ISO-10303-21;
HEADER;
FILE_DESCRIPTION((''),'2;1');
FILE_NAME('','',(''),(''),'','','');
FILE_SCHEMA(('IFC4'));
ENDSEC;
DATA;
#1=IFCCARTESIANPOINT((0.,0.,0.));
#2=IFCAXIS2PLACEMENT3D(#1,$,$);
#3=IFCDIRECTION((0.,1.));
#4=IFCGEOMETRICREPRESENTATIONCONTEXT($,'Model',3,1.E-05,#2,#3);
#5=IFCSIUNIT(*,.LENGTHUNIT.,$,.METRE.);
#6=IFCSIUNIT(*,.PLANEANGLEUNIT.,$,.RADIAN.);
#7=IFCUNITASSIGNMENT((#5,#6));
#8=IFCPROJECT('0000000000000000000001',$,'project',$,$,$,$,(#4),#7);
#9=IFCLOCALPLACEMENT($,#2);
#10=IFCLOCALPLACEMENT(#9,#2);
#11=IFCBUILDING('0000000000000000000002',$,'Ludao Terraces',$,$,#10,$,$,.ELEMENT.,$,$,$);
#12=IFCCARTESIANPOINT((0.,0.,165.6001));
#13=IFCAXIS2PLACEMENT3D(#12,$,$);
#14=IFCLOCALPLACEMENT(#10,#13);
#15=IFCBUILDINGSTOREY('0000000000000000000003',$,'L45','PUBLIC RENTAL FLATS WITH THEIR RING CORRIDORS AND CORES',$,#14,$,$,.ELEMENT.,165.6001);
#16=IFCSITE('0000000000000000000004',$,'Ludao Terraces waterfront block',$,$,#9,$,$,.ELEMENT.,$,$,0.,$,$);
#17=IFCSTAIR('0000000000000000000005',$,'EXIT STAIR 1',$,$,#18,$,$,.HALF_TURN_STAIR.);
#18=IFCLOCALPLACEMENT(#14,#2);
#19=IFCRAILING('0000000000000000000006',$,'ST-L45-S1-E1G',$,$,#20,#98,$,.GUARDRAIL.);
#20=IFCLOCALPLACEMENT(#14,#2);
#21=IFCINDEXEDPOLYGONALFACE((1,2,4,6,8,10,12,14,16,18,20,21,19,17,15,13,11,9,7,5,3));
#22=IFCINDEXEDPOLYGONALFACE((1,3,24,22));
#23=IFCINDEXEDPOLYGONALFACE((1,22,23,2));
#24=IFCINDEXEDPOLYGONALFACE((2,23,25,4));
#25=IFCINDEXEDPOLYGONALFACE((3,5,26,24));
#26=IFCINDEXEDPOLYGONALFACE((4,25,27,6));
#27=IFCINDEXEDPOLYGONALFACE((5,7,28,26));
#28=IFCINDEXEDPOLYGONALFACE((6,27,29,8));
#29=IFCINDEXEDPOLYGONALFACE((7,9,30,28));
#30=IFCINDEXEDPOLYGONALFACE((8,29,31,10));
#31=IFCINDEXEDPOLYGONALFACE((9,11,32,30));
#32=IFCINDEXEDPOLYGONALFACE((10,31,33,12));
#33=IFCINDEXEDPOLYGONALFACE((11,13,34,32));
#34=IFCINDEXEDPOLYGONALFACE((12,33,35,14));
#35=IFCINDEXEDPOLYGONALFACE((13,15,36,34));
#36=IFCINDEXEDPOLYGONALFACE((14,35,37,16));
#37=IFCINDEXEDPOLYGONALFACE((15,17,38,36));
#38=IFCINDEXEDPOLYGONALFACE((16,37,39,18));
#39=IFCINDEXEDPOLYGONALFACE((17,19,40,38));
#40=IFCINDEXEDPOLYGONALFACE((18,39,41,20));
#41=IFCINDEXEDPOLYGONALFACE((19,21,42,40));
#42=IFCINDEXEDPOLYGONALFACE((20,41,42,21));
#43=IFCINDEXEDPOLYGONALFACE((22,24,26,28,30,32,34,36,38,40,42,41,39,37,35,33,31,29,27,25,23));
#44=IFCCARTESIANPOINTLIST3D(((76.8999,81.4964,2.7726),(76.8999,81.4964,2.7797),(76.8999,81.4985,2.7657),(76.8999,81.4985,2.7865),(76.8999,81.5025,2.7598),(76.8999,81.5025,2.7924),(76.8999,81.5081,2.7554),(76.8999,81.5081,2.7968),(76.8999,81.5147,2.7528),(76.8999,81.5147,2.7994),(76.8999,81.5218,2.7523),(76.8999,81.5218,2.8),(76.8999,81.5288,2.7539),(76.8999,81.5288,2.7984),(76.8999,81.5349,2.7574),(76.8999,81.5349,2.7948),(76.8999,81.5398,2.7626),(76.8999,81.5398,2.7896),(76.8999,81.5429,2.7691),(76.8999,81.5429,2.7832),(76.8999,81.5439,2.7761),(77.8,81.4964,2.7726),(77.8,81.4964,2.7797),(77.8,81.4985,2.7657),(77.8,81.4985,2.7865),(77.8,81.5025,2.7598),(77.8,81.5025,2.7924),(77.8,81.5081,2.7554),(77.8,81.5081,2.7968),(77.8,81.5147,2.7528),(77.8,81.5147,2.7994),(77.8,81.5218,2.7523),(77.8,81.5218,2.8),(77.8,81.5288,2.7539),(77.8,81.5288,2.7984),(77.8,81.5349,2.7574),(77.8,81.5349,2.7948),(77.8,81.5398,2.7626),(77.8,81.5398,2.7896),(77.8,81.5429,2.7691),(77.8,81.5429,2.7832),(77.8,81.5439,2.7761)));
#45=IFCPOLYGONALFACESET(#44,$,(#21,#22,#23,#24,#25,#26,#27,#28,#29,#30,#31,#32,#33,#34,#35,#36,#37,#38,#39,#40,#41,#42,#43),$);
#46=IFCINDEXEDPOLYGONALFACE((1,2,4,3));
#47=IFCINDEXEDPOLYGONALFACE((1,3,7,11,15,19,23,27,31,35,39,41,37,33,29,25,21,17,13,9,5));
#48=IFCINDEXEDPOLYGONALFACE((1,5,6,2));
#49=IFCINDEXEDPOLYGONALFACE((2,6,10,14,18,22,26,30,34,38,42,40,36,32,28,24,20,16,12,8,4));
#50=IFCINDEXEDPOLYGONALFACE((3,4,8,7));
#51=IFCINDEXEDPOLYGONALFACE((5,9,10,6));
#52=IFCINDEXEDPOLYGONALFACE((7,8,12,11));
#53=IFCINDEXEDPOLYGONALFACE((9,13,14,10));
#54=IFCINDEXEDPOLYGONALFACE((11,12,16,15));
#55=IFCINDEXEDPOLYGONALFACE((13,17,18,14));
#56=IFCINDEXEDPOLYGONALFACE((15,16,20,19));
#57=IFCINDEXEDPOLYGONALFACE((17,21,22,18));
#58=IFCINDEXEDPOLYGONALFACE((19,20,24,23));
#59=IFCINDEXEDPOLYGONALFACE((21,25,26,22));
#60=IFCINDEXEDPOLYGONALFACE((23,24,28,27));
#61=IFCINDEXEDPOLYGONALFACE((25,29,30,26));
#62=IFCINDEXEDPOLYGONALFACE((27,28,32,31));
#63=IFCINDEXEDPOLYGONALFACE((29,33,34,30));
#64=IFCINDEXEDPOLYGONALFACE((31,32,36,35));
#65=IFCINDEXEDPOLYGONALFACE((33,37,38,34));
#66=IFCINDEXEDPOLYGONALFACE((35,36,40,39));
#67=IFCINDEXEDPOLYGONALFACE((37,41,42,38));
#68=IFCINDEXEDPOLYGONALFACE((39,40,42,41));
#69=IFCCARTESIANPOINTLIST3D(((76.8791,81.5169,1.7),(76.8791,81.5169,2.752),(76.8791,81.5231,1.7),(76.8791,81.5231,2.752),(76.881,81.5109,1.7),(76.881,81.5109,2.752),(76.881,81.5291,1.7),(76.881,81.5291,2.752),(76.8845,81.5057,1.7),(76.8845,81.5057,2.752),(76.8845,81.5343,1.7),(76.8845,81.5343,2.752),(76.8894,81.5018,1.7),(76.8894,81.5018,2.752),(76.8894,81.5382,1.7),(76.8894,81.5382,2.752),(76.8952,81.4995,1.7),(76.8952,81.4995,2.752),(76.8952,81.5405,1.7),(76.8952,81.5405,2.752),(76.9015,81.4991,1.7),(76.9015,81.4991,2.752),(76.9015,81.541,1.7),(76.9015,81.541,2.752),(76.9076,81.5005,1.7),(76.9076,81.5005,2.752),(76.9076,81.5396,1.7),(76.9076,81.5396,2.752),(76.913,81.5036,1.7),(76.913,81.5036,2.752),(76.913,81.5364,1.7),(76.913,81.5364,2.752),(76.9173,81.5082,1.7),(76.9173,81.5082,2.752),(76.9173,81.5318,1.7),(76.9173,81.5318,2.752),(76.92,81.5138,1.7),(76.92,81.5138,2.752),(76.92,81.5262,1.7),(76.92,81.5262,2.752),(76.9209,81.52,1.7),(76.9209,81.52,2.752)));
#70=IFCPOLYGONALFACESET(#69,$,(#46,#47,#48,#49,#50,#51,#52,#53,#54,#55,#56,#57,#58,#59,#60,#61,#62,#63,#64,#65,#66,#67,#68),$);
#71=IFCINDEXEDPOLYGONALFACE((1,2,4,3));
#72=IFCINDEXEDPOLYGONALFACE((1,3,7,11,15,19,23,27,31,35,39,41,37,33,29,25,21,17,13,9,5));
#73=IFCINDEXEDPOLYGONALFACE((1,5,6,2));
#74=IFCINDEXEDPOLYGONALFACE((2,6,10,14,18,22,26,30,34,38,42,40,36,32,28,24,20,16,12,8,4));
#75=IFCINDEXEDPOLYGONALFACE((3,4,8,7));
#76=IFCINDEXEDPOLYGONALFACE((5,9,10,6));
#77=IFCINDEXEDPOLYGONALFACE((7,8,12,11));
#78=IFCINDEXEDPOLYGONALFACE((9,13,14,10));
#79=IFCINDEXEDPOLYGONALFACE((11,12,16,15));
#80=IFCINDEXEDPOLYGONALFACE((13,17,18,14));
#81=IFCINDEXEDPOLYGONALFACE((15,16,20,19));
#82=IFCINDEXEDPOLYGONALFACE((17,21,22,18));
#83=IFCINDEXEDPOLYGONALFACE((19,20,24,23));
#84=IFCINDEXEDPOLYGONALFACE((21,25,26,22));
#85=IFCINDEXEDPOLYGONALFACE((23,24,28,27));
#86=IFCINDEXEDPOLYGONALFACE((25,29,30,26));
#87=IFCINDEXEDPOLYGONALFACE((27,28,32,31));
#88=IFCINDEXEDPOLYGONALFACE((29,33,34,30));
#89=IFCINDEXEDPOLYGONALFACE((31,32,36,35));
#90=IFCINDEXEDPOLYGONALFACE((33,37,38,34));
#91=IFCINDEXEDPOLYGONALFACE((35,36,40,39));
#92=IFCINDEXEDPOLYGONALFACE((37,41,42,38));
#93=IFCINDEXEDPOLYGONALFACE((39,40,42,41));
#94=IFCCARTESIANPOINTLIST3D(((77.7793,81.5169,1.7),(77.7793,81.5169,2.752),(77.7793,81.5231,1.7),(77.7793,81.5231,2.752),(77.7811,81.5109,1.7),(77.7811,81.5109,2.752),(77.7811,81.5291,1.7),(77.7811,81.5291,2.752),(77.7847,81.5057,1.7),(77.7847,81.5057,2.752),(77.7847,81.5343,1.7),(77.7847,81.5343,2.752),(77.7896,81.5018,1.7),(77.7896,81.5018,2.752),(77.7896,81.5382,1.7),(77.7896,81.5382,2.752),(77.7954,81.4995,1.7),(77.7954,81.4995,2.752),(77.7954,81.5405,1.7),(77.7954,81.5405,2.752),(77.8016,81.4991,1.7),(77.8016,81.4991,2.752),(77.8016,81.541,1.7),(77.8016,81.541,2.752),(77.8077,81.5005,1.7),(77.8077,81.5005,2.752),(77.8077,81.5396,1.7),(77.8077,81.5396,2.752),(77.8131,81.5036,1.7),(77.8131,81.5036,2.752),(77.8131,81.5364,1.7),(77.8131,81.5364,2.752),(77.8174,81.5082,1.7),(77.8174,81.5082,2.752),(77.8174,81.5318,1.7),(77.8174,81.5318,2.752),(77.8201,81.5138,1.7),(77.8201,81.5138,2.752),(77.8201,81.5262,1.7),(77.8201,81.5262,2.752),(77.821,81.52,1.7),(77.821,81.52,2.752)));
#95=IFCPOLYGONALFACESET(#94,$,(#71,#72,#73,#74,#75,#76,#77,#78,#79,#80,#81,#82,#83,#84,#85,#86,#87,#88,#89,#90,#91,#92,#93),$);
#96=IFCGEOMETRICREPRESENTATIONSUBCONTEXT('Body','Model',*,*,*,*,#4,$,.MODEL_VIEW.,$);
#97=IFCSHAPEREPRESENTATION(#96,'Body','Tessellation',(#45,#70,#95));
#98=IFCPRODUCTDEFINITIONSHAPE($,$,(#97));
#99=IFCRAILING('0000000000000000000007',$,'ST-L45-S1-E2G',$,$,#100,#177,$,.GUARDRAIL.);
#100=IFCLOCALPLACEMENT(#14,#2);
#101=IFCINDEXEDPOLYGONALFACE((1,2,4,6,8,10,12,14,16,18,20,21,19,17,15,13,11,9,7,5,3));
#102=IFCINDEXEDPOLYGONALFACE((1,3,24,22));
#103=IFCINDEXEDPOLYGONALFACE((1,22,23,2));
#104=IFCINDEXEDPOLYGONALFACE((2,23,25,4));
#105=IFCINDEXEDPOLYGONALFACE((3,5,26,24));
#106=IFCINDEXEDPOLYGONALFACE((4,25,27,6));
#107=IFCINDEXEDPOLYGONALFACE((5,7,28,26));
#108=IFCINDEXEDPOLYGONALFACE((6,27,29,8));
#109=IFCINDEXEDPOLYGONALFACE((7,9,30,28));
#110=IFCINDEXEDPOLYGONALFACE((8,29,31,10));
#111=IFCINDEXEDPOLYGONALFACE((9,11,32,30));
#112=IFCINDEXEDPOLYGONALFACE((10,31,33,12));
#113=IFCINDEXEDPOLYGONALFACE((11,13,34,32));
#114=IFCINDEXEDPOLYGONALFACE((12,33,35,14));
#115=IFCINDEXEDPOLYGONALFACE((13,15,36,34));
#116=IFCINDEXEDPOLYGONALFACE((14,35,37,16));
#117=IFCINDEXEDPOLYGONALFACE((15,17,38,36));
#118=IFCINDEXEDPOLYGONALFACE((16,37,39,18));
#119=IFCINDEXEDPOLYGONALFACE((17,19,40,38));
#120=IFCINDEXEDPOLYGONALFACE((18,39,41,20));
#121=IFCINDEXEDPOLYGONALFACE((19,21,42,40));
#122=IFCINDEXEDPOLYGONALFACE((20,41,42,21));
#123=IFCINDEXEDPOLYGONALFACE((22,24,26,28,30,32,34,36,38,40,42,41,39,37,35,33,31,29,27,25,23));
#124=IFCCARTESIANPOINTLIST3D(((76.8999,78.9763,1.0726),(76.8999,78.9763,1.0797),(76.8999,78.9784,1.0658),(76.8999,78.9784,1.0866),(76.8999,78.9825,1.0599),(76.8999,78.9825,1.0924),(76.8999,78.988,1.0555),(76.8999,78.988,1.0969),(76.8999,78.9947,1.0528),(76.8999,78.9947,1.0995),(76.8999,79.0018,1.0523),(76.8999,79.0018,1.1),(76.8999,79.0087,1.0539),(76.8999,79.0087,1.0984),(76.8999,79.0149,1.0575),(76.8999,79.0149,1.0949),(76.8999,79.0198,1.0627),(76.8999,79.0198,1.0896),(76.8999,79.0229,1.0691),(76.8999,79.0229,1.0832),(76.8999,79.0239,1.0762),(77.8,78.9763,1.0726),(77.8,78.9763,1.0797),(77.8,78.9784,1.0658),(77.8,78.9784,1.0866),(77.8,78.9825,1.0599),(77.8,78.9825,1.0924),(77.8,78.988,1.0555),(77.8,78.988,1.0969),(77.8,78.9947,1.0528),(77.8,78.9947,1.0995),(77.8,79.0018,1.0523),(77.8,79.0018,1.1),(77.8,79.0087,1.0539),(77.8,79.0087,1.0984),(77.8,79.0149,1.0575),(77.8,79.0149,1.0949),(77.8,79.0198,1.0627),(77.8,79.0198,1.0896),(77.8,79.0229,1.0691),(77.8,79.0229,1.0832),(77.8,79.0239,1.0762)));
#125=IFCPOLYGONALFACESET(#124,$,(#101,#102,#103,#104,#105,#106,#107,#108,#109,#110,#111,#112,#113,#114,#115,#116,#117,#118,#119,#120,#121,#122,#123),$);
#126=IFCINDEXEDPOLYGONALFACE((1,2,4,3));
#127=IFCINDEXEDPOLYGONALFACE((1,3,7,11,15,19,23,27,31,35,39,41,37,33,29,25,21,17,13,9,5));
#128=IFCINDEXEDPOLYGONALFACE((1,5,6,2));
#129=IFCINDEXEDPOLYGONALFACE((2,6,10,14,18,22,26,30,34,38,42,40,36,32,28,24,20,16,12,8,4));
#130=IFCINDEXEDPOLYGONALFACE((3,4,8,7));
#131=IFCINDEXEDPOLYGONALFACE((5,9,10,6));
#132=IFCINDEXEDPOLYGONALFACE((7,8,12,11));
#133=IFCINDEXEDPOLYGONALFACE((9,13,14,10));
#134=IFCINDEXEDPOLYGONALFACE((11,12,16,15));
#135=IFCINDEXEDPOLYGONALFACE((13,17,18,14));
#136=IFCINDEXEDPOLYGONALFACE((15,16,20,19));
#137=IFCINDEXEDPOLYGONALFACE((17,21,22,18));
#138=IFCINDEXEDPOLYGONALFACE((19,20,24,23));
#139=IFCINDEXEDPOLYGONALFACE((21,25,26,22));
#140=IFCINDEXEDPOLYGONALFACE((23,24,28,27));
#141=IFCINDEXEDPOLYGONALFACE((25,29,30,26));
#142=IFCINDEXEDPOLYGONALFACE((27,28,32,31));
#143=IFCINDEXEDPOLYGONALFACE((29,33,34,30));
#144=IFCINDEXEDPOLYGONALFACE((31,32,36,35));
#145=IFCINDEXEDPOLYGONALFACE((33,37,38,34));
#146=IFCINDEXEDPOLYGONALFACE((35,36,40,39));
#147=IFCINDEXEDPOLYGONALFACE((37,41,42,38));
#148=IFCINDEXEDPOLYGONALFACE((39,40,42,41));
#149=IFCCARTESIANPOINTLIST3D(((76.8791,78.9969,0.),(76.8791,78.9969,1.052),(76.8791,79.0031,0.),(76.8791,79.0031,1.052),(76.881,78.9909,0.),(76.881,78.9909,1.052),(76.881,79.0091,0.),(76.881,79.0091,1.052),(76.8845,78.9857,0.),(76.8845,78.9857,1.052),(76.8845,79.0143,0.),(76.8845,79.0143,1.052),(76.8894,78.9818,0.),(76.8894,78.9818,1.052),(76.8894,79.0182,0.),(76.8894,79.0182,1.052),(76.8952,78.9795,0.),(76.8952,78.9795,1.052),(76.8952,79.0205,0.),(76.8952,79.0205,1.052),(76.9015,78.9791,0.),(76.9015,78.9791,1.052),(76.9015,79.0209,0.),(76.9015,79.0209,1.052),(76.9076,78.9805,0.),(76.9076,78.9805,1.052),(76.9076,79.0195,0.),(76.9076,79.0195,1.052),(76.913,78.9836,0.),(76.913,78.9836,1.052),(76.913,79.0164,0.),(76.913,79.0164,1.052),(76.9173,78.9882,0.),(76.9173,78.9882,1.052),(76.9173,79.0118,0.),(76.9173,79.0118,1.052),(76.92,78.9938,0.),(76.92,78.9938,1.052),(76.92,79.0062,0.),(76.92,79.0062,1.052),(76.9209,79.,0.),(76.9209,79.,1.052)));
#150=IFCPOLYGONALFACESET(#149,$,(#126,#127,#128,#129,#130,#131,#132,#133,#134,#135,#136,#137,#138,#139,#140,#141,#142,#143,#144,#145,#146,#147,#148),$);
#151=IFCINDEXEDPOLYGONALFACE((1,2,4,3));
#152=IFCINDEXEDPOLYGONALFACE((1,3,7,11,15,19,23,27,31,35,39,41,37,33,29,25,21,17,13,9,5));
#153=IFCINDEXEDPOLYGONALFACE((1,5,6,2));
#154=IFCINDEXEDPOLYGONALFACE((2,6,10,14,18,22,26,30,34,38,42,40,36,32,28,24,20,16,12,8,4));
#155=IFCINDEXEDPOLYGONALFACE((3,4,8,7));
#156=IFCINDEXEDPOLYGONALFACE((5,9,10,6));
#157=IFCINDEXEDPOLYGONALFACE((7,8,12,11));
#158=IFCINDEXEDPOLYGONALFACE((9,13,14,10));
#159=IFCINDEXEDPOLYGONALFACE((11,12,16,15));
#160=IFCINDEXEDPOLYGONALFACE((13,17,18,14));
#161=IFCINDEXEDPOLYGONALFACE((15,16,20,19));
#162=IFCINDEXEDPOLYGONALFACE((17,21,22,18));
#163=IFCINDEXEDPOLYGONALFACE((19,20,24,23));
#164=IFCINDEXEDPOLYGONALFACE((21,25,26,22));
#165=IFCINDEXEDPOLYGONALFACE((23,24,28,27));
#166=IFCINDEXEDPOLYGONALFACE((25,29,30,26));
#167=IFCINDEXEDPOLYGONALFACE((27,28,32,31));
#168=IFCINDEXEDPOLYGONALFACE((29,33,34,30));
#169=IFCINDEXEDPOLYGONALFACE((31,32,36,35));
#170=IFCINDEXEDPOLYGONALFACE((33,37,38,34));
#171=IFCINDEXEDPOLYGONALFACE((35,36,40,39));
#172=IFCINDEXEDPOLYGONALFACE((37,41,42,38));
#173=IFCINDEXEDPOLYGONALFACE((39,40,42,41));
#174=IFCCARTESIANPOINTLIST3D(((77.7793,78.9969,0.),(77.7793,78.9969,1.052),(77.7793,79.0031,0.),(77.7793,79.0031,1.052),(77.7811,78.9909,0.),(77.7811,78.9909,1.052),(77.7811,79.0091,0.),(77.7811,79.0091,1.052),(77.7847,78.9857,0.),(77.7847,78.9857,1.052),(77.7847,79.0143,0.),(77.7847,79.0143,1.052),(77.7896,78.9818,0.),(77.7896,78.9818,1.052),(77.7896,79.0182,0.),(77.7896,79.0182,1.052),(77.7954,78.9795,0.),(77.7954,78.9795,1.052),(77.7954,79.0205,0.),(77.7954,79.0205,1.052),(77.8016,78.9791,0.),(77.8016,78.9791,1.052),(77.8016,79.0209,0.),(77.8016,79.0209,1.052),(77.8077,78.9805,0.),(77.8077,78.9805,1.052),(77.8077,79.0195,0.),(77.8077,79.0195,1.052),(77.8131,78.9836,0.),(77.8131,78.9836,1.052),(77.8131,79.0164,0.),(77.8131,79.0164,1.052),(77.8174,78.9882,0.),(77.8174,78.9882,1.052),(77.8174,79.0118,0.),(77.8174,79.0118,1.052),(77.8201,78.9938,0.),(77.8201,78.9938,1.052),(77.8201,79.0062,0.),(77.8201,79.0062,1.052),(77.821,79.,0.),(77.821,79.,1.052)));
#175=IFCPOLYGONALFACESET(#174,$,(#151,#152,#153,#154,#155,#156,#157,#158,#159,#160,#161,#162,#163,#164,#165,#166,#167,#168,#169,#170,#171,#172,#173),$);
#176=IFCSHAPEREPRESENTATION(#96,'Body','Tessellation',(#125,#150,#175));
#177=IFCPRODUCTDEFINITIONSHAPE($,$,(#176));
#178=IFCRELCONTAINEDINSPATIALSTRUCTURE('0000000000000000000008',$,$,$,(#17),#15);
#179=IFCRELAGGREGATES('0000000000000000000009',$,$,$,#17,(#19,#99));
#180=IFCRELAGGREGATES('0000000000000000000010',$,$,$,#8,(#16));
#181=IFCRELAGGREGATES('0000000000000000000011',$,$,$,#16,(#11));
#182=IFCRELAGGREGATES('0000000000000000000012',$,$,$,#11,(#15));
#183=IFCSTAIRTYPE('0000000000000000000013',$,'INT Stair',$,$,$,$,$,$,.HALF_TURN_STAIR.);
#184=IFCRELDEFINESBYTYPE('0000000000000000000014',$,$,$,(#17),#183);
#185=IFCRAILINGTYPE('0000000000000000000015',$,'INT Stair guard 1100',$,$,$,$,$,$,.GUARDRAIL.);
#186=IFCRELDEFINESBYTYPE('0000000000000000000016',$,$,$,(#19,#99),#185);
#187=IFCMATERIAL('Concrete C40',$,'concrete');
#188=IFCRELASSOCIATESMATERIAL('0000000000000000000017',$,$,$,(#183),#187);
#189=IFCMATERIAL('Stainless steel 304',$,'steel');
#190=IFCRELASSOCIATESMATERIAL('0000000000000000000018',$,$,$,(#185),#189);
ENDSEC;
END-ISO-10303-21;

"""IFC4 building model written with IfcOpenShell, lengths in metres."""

from ifc_helpers import new_model, si_unit, direction, frame, origin, origin_2d, place, context, subcontext, project, spatial, circle, extrude, material, type_object, element, aggregate, save


model = new_model("IFC4")

# Units and contexts
model_context = context("Model", 3, precision=1e-05, world=origin(), true_north=direction((0.0, 1.0)))
body_context = subcontext(model_context, "Body", "Model", "MODEL_VIEW")
ifc_project = project(units=[si_unit("LENGTHUNIT", "METRE"), si_unit("PLANEANGLEUNIT", "RADIAN")], contexts=[model_context])

# Site, building, storey
site_placement = place(None, origin())
site = spatial("IfcSite", under=ifc_project, at=site_placement, Name="Ludao Terraces waterfront block", CompositionType="ELEMENT", RefElevation=0.0)
building_placement = place(site_placement, origin())
building = spatial("IfcBuilding", under=site, at=building_placement, Name="Ludao Terraces", CompositionType="ELEMENT")
storey_placement = place(building_placement, frame((0.0, 0.0, 165.6001)))
storey = spatial("IfcBuildingStorey", under=building, at=storey_placement, Name="L45", Description="PUBLIC RENTAL FLATS WITH THEIR RING CORRIDORS AND CORES", CompositionType="ELEMENT", Elevation=165.6001)

# Shared definitions
ifc_material_1 = material(Name="Stainless steel 304", Category="steel")

# Stair, railings
ifc_material_2 = material(Name="Concrete C40", Category="concrete")
stair_type = type_object("IfcStairType", Name="INT Stair", PredefinedType="HALF_TURN_STAIR", material=ifc_material_2)
stair_placement = place(storey_placement, origin())
stair = element("IfcStair", 1, at=stair_placement, inside=storey, type_object=stair_type, Name="EXIT STAIR 1", PredefinedType="HALF_TURN_STAIR")
railing_type_1 = type_object("IfcRailingType", Name="INT Stair guard 1100", PredefinedType="GUARDRAIL", material=ifc_material_1)
railing_1_placement = place(storey_placement, frame((76.8999, 81.52, 1.7)))
railing_1 = element("IfcRailing", 2, at=railing_1_placement, type_object=railing_type_1, Name="ST-L45-S1-E1G", PredefinedType="GUARDRAIL", context=body_context, shape_type="SweptSolid", body=[
    extrude(circle(Radius=0.0239, at=origin_2d()), frame((0.0, 0.0, 1.0762), z_axis=(1.0, 0.0, 0.0), x_axis=(0.0, 1.0, 0.0)), (0.0, 0.0, 1.0), 0.9001),
    extrude(circle(Radius=0.021, at=origin_2d()), origin(), (0.0, 0.0, 1.0), 1.052),
    extrude(circle(Radius=0.021, at=origin_2d()), frame((0.9001, 0.0, 0.0)), (0.0, 0.0, 1.0), 1.052),
])
railing_2_placement = place(storey_placement, frame((76.8999, 79.0, 0.0)))
railing_2 = element("IfcRailing", 3, at=railing_2_placement, type_object=railing_type_1, Name="ST-L45-S1-E2G", PredefinedType="GUARDRAIL", context=body_context, shape_type="SweptSolid", body=[
    extrude(circle(Radius=0.0239, at=origin_2d()), frame((0.0, 0.0, 1.0762), z_axis=(1.0, 0.0, 0.0), x_axis=(0.0, 1.0, 0.0)), (0.0, 0.0, 1.0), 0.9001),
    extrude(circle(Radius=0.021, at=origin_2d()), origin(), (0.0, 0.0, 1.0), 1.052),
    extrude(circle(Radius=0.021, at=origin_2d()), frame((0.9001, 0.0, 0.0)), (0.0, 0.0, 1.0), 1.052),
])
aggregate(stair, [railing_1, railing_2])

save(model, "model.ifc")
